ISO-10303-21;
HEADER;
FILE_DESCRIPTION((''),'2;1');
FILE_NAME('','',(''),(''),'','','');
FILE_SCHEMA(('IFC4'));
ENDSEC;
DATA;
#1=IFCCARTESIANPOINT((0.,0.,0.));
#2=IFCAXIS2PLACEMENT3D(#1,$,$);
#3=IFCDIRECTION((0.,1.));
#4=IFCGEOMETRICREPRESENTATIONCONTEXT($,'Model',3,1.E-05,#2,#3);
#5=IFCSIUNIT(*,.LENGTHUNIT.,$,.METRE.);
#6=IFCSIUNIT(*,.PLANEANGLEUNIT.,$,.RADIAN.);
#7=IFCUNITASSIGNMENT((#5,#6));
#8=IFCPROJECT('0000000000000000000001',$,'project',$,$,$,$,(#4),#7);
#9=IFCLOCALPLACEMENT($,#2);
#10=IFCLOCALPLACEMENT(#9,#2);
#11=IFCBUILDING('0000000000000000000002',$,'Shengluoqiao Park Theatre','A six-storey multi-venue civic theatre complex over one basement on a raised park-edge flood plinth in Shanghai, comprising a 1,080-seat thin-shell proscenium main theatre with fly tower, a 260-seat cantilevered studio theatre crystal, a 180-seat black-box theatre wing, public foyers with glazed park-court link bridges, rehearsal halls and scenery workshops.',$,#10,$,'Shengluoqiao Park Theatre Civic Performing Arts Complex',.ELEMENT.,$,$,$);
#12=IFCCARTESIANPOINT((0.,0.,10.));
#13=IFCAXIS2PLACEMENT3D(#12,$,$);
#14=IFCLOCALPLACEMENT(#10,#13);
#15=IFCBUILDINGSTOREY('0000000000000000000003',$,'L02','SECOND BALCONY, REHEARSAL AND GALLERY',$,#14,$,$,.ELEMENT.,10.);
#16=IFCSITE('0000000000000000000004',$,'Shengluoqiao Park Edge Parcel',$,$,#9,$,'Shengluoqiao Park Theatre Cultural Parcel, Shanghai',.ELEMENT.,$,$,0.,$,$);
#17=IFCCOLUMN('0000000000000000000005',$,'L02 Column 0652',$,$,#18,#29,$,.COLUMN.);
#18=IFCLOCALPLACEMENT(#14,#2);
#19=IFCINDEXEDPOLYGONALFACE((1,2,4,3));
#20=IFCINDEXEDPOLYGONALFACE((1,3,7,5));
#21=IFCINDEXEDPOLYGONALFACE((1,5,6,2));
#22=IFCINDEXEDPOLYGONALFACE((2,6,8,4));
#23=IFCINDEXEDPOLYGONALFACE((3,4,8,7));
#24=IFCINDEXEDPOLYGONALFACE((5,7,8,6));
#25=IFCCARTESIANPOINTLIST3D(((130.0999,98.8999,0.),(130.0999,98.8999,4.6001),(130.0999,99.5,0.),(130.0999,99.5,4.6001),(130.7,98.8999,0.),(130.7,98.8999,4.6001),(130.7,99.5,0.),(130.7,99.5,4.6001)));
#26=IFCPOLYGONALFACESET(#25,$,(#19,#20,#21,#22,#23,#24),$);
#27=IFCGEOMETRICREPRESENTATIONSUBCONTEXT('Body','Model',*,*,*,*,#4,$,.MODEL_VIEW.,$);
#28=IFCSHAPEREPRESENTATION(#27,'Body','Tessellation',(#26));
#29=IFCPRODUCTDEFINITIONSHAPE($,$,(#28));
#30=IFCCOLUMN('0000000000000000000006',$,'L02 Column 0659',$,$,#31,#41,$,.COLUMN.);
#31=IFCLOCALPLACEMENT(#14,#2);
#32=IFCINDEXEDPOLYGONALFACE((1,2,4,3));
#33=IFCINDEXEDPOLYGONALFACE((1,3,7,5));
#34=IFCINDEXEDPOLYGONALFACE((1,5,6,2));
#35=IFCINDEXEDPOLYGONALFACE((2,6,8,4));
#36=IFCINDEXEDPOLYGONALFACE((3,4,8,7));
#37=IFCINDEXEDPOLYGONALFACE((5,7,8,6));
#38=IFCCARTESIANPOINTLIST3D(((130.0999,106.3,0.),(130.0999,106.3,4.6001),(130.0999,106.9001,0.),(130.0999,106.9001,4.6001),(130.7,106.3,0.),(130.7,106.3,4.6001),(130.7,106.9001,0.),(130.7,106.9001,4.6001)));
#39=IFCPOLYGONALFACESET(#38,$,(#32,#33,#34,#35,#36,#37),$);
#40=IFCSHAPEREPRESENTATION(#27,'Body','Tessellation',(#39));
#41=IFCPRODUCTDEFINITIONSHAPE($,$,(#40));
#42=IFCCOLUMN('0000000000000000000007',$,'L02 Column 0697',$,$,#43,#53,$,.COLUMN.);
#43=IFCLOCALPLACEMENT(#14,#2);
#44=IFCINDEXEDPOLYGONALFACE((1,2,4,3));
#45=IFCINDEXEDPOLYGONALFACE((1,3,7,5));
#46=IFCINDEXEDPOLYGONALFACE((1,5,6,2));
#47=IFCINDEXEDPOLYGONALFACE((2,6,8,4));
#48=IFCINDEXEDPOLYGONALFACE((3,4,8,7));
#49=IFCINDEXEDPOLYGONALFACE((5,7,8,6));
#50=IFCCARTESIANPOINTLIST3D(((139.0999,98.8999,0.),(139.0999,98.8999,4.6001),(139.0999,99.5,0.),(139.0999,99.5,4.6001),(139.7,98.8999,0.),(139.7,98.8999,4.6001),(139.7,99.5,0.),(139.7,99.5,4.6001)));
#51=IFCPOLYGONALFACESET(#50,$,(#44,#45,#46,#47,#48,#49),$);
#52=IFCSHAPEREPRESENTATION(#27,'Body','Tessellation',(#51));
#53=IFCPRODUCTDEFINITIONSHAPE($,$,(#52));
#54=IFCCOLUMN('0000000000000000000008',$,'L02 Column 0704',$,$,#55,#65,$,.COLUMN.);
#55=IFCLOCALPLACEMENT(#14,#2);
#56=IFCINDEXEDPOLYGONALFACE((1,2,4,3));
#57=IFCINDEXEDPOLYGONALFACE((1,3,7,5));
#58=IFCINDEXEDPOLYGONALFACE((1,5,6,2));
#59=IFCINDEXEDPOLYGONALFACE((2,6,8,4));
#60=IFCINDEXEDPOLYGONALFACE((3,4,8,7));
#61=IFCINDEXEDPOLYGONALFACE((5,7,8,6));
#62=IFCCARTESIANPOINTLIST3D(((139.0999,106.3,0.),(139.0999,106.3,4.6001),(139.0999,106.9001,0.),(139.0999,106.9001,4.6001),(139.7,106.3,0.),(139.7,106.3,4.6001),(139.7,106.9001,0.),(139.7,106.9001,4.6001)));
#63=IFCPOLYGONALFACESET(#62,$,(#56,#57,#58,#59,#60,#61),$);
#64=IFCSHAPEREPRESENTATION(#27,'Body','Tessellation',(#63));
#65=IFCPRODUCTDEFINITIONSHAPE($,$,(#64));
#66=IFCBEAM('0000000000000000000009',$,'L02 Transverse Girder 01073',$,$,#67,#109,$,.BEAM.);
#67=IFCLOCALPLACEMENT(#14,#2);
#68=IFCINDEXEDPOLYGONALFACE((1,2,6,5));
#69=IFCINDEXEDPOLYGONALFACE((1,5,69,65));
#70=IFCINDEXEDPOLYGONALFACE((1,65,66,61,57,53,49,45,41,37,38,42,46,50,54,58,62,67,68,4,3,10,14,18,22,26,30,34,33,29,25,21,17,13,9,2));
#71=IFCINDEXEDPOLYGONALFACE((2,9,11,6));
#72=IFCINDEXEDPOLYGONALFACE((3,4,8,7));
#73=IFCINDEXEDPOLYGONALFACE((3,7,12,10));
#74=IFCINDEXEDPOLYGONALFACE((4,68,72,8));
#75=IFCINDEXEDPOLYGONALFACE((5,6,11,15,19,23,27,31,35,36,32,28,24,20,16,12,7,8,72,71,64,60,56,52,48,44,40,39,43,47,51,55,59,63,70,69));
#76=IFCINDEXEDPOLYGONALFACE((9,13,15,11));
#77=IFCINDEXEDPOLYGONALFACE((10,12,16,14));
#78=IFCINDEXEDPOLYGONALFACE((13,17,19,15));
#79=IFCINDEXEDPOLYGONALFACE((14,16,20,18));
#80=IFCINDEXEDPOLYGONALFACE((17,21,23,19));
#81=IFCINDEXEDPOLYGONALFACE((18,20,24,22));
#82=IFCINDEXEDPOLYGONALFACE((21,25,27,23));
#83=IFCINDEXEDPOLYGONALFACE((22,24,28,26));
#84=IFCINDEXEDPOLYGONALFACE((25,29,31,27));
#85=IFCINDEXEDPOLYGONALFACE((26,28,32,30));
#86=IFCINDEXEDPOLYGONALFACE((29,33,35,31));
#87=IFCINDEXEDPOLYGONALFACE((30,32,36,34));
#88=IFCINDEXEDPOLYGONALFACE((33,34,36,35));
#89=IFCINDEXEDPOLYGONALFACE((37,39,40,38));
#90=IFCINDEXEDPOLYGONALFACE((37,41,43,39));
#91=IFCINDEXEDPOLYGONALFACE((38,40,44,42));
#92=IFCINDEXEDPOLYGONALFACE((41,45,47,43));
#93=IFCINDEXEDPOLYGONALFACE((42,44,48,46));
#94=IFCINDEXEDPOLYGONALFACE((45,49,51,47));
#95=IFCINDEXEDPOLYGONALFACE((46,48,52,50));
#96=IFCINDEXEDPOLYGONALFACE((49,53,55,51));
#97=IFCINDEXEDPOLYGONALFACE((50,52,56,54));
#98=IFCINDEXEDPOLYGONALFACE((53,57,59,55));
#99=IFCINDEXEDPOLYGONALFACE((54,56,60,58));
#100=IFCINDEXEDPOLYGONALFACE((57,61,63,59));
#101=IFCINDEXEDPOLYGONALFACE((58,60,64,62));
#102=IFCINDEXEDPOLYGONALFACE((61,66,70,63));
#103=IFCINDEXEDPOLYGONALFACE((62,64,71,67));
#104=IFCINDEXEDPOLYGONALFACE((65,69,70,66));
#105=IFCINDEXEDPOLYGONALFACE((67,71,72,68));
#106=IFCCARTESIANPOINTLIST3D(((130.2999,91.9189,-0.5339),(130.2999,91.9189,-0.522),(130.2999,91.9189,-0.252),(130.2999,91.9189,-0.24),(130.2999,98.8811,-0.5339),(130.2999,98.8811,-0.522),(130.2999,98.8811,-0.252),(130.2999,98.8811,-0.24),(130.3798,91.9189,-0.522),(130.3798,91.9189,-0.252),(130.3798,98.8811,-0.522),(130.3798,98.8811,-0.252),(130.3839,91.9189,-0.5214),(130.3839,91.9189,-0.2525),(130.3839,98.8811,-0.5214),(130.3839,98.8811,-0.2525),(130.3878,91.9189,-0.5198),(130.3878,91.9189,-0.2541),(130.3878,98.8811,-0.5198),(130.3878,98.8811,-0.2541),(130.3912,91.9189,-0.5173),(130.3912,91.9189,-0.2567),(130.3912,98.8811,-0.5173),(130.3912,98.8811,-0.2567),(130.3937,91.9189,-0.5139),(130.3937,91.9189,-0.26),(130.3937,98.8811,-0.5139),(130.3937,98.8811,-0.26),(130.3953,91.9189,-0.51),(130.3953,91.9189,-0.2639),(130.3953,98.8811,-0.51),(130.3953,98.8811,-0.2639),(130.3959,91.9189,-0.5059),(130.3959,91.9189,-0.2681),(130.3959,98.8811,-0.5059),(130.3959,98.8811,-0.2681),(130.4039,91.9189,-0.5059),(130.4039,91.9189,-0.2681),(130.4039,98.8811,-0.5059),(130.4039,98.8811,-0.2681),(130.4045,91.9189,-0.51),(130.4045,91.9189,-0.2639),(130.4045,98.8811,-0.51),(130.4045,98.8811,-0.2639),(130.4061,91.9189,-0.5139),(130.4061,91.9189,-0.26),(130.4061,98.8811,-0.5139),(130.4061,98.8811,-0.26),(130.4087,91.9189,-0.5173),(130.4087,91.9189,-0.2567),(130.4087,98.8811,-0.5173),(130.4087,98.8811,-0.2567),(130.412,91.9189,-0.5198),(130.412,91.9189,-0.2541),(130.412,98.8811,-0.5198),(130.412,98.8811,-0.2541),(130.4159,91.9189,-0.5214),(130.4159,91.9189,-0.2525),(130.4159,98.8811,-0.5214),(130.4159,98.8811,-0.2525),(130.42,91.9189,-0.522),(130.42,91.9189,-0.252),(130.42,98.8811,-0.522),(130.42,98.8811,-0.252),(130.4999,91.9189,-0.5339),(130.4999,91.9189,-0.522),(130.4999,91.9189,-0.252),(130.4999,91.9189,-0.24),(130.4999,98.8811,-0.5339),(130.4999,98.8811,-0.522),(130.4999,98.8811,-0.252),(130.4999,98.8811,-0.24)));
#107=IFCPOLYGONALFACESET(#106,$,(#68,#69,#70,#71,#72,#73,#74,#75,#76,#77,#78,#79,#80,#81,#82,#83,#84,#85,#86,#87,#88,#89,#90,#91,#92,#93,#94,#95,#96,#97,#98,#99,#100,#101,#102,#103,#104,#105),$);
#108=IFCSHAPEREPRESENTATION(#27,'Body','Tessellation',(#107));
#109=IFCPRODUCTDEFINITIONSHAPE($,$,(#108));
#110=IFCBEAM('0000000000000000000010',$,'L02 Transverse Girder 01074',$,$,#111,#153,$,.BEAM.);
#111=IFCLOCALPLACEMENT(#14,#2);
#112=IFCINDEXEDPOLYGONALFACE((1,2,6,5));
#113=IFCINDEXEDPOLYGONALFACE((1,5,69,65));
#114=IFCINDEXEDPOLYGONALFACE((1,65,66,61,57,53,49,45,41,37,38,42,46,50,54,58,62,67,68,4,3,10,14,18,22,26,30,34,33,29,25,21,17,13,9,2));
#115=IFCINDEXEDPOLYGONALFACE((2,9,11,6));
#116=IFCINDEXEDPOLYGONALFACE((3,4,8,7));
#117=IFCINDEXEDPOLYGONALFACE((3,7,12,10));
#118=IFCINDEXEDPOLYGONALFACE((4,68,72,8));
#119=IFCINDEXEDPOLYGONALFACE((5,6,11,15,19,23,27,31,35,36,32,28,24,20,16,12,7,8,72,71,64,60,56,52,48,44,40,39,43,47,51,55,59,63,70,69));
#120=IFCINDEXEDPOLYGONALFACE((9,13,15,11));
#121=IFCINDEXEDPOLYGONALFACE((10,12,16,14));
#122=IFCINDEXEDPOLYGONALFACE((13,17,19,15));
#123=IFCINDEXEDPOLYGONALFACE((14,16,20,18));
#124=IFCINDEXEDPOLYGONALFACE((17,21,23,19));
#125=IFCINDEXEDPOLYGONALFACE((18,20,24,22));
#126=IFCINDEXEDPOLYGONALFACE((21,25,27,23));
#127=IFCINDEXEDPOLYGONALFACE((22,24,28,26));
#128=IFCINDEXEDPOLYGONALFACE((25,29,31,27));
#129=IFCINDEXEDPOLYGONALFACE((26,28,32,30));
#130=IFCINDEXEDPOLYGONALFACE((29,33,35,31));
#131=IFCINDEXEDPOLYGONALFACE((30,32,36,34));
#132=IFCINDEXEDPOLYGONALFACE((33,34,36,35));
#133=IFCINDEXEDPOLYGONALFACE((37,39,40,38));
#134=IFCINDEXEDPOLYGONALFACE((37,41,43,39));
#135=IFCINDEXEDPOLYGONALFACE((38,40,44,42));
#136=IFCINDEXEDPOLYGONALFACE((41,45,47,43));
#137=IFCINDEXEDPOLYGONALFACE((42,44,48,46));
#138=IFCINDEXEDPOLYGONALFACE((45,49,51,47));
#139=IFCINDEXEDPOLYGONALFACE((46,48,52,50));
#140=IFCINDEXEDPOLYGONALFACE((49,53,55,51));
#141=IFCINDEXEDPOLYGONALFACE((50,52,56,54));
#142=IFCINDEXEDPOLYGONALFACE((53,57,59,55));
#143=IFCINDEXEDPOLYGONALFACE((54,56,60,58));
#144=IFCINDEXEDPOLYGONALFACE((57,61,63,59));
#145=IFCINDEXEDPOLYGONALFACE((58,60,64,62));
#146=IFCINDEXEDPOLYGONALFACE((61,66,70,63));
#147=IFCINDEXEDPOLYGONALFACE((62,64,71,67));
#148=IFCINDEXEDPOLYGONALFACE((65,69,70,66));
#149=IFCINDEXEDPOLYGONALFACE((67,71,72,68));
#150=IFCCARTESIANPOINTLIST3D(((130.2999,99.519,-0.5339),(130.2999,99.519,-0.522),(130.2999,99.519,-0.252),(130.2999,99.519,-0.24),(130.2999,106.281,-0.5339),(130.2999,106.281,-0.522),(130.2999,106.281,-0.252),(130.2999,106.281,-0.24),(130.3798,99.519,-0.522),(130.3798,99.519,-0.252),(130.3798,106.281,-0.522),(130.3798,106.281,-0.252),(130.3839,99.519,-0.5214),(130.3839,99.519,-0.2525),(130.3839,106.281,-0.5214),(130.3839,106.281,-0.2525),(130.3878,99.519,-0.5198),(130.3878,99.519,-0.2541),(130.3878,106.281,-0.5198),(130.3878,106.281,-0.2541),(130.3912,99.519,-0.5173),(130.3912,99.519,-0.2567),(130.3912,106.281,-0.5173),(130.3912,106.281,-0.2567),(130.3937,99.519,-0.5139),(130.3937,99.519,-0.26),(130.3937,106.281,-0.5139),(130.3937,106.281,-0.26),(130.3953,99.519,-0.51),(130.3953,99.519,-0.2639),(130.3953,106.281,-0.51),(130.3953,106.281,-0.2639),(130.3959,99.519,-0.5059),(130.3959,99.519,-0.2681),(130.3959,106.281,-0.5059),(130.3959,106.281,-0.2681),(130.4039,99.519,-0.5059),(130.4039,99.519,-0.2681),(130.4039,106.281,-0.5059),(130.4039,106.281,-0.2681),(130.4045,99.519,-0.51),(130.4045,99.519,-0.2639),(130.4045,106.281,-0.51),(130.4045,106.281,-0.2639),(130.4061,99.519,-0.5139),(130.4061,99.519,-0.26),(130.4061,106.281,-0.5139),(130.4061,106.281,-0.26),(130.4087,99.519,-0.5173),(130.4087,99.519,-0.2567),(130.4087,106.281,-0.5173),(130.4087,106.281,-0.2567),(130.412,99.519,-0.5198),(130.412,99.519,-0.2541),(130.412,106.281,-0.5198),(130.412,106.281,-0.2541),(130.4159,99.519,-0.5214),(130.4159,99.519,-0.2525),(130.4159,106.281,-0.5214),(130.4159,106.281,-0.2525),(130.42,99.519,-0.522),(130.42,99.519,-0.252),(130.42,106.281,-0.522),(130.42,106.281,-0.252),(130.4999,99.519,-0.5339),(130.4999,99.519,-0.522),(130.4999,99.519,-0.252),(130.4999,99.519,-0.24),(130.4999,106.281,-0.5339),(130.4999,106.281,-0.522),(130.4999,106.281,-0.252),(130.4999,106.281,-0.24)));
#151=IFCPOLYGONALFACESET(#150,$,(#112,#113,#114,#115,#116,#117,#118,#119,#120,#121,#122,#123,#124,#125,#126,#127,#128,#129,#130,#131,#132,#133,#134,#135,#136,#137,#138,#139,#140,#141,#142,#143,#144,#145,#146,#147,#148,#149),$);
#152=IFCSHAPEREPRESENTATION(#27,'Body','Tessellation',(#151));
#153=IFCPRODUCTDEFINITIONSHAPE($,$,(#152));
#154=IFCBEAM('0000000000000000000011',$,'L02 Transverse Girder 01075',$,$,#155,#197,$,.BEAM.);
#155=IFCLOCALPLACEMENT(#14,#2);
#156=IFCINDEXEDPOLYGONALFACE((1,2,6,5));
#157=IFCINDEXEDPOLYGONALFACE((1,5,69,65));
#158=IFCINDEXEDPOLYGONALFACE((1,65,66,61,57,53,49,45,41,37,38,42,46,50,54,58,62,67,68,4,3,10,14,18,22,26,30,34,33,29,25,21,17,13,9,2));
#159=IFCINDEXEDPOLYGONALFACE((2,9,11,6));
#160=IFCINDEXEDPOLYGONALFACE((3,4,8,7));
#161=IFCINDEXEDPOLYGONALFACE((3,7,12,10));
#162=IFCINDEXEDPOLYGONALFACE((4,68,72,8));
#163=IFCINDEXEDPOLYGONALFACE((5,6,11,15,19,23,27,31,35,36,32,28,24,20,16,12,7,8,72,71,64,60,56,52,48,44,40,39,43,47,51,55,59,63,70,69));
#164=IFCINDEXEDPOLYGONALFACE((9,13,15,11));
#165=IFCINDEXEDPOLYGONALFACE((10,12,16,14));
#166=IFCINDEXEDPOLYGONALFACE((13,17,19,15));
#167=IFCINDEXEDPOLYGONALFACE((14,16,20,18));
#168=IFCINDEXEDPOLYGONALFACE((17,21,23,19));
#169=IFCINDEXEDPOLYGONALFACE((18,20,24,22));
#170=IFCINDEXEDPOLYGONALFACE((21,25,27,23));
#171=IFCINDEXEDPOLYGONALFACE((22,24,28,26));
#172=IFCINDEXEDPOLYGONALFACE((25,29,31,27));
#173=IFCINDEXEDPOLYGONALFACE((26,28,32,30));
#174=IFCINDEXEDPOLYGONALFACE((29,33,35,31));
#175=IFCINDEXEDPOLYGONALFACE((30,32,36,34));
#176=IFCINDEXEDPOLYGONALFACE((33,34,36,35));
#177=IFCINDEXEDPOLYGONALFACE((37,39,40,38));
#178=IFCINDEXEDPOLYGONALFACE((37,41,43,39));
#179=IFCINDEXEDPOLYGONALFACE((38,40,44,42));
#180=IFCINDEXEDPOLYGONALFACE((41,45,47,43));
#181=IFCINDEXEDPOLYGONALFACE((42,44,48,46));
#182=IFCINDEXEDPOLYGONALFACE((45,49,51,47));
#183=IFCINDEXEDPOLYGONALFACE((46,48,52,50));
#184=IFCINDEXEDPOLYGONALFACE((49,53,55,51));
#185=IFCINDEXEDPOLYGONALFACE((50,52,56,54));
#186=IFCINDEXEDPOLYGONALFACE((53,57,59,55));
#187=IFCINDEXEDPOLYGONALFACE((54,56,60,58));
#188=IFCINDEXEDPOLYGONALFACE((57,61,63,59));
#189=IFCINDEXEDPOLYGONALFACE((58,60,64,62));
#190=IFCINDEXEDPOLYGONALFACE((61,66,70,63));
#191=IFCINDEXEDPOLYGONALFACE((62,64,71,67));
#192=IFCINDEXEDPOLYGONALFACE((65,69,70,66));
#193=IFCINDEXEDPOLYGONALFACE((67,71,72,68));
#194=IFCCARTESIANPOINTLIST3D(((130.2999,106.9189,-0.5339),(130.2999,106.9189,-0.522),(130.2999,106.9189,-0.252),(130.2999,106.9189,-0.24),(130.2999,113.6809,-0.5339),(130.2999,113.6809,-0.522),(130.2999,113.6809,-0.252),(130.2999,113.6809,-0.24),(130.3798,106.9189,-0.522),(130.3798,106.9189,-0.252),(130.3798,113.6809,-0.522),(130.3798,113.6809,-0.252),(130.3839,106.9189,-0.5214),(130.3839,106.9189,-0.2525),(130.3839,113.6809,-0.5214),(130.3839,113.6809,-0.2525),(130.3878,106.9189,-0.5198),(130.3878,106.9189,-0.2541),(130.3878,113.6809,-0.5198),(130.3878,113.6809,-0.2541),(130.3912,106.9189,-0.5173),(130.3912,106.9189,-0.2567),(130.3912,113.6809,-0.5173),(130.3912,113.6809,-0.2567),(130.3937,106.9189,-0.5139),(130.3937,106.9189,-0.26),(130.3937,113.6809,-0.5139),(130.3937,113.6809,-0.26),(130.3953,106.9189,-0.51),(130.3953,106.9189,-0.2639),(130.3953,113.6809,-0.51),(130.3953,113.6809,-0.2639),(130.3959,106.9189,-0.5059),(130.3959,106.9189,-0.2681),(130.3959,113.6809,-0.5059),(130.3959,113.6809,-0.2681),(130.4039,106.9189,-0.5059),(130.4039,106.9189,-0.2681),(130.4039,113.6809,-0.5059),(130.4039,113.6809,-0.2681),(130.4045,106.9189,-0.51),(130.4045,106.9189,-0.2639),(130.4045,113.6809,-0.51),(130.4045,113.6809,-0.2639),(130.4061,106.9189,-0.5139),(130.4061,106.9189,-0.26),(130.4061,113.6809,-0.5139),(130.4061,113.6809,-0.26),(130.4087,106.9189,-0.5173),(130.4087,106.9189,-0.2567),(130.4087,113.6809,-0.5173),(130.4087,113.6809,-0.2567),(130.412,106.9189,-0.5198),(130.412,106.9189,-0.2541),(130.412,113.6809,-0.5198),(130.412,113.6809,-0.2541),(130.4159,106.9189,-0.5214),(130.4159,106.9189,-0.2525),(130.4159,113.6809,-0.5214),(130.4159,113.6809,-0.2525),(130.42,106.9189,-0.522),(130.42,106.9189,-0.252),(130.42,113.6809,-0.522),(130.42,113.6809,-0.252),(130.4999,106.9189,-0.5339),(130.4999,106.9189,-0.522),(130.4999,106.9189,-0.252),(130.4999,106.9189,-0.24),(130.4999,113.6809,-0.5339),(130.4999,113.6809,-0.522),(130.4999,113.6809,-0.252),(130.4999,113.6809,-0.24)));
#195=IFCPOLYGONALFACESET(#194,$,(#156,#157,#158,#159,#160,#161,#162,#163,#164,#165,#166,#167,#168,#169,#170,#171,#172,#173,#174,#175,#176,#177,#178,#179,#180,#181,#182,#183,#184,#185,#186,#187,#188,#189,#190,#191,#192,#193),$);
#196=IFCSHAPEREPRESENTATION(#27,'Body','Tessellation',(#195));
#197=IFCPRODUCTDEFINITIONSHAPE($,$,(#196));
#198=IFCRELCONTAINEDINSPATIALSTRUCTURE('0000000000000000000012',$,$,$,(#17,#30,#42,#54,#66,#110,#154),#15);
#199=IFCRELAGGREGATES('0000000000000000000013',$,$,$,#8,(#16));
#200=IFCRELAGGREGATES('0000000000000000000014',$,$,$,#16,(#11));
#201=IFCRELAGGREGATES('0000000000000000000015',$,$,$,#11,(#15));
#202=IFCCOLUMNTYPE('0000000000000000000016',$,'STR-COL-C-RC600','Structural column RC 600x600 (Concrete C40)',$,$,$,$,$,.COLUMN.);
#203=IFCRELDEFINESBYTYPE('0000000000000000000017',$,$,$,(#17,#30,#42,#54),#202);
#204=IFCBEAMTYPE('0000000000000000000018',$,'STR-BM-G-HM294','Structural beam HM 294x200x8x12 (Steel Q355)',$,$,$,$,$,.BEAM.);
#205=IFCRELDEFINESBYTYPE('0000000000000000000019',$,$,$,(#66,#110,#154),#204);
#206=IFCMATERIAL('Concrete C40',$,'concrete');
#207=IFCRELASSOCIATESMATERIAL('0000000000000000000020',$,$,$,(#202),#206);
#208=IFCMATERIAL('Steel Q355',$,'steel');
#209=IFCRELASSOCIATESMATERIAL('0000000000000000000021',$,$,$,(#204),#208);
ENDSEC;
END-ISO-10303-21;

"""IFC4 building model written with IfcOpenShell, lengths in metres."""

from ifc_helpers import new_model, si_unit, direction, frame, origin, origin_2d, place, context, subcontext, project, spatial, rectangle, i_section, extrude, material, material_profile, profile_set, type_object, element, save


model = new_model("IFC4")

# Units and contexts
model_context = context("Model", 3, precision=1e-05, world=origin(), true_north=direction((0.0, 1.0)))
body_context = subcontext(model_context, "Body", "Model", "MODEL_VIEW")
ifc_project = project(units=[si_unit("LENGTHUNIT", "METRE"), si_unit("PLANEANGLEUNIT", "RADIAN")], contexts=[model_context])

# Site, building, storey
site_placement = place(None, origin())
site = spatial("IfcSite", under=ifc_project, at=site_placement, Name="Shengluoqiao Park Edge Parcel", LongName="Shengluoqiao Park Theatre Cultural Parcel, Shanghai", CompositionType="ELEMENT", RefElevation=0.0)
building_placement = place(site_placement, origin())
building = spatial("IfcBuilding", under=site, at=building_placement, Name="Shengluoqiao Park Theatre", Description="A six-storey multi-venue civic theatre complex over one basement on a raised park-edge flood plinth in Shanghai, comprising a 1,080-seat thin-shell proscenium main theatre with fly tower, a 260-seat cantilevered studio theatre crystal, a 180-seat black-box theatre wing, public foyers with glazed park-court link bridges, rehearsal halls and scenery workshops.", LongName="Shengluoqiao Park Theatre Civic Performing Arts Complex", CompositionType="ELEMENT")
storey_placement = place(building_placement, frame((0.0, 0.0, 10.0)))
storey = spatial("IfcBuildingStorey", under=building, at=storey_placement, Name="L02", Description="SECOND BALCONY, REHEARSAL AND GALLERY", CompositionType="ELEMENT", Elevation=10.0)

# Columns
ifc_material_1 = material(Name="Concrete C40", Category="concrete")
ifc_material_profile_1 = material_profile(ifc_material_1, rectangle(XDim=0.6001, YDim=0.6001, at=origin_2d()), Name="RC 600x600")
ifc_profile_set_1 = profile_set([ifc_material_profile_1], Name="Concrete C40")
column_type = type_object("IfcColumnType", Name="STR-COL-C-RC600", Description="Structural column RC 600x600 (Concrete C40)", PredefinedType="COLUMN", material=ifc_profile_set_1)
for number, where, z_axis, x_axis, name in (
    (1, (130.3999, 99.2, 0.0), (0.0, 0.0, 1.0), (1.0, 0.0, 0.0), "L02 Column 0652"),
    (2, (130.3999, 106.6001, 0.0), (0.0, 0.0, 1.0), (1.0, 0.0, 0.0), "L02 Column 0659"),
    (3, (139.3999, 99.2, 0.0), (0.0, 0.0, 1.0), (1.0, 0.0, 0.0), "L02 Column 0697"),
    (4, (139.3999, 106.6001, 0.0), (0.0, 0.0, 1.0), (1.0, 0.0, 0.0), "L02 Column 0704"),
):
    element("IfcColumn", number, at=place(storey_placement, frame(where, z_axis=z_axis, x_axis=x_axis)), inside=storey, type_object=column_type, Name=name, PredefinedType="COLUMN", context=body_context, shape_type="SweptSolid", body=[
        extrude(rectangle(XDim=0.6001, YDim=0.6001, at=origin_2d()), origin(), (0.0, 0.0, 1.0), 4.6001),
    ])

# Beams
ifc_material_2 = material(Name="Steel Q355", Category="steel")
ifc_material_profile_2 = material_profile(ifc_material_2, i_section(OverallWidth=0.2, OverallDepth=0.2939, WebThickness=0.0081, FlangeThickness=0.012, FilletRadius=0.0161, at=origin_2d()), Name="HM 294x200x8x12")
ifc_profile_set_2 = profile_set([ifc_material_profile_2], Name="Steel Q355")
beam_type_1 = type_object("IfcBeamType", Name="STR-BM-G-HM294", Description="Structural beam HM 294x200x8x12 (Steel Q355)", PredefinedType="BEAM", material=ifc_profile_set_2)
beam_1_placement = place(storey_placement, frame((130.3999, 91.9189, -0.387), z_axis=(0.0, 1.0, 0.0), x_axis=(-1.0, 0.0, 0.0)))
element("IfcBeam", 5, at=beam_1_placement, inside=storey, type_object=beam_type_1, Name="L02 Transverse Girder 01073", PredefinedType="BEAM", context=body_context, shape_type="SweptSolid", body=[
    extrude(i_section(OverallWidth=0.2, OverallDepth=0.2939, WebThickness=0.0081, FlangeThickness=0.012, FilletRadius=0.0161, at=origin_2d()), origin(), (0.0, 0.0, 1.0), 6.9622),
])
for number, where, z_axis, x_axis, name in (
    (6, (130.3999, 99.519, -0.387), (0.0, 1.0, 0.0), (-1.0, 0.0, 0.0), "L02 Transverse Girder 01074"),
    (7, (130.3999, 106.9189, -0.387), (0.0, 1.0, 0.0), (-1.0, 0.0, 0.0), "L02 Transverse Girder 01075"),
):
    element("IfcBeam", number, at=place(storey_placement, frame(where, z_axis=z_axis, x_axis=x_axis)), inside=storey, type_object=beam_type_1, Name=name, PredefinedType="BEAM", context=body_context, shape_type="SweptSolid", body=[
        extrude(i_section(OverallWidth=0.2, OverallDepth=0.2939, WebThickness=0.0081, FlangeThickness=0.012, FilletRadius=0.0161, at=origin_2d()), origin(), (0.0, 0.0, 1.0), 6.762),
    ])

save(model, "model.ifc")
